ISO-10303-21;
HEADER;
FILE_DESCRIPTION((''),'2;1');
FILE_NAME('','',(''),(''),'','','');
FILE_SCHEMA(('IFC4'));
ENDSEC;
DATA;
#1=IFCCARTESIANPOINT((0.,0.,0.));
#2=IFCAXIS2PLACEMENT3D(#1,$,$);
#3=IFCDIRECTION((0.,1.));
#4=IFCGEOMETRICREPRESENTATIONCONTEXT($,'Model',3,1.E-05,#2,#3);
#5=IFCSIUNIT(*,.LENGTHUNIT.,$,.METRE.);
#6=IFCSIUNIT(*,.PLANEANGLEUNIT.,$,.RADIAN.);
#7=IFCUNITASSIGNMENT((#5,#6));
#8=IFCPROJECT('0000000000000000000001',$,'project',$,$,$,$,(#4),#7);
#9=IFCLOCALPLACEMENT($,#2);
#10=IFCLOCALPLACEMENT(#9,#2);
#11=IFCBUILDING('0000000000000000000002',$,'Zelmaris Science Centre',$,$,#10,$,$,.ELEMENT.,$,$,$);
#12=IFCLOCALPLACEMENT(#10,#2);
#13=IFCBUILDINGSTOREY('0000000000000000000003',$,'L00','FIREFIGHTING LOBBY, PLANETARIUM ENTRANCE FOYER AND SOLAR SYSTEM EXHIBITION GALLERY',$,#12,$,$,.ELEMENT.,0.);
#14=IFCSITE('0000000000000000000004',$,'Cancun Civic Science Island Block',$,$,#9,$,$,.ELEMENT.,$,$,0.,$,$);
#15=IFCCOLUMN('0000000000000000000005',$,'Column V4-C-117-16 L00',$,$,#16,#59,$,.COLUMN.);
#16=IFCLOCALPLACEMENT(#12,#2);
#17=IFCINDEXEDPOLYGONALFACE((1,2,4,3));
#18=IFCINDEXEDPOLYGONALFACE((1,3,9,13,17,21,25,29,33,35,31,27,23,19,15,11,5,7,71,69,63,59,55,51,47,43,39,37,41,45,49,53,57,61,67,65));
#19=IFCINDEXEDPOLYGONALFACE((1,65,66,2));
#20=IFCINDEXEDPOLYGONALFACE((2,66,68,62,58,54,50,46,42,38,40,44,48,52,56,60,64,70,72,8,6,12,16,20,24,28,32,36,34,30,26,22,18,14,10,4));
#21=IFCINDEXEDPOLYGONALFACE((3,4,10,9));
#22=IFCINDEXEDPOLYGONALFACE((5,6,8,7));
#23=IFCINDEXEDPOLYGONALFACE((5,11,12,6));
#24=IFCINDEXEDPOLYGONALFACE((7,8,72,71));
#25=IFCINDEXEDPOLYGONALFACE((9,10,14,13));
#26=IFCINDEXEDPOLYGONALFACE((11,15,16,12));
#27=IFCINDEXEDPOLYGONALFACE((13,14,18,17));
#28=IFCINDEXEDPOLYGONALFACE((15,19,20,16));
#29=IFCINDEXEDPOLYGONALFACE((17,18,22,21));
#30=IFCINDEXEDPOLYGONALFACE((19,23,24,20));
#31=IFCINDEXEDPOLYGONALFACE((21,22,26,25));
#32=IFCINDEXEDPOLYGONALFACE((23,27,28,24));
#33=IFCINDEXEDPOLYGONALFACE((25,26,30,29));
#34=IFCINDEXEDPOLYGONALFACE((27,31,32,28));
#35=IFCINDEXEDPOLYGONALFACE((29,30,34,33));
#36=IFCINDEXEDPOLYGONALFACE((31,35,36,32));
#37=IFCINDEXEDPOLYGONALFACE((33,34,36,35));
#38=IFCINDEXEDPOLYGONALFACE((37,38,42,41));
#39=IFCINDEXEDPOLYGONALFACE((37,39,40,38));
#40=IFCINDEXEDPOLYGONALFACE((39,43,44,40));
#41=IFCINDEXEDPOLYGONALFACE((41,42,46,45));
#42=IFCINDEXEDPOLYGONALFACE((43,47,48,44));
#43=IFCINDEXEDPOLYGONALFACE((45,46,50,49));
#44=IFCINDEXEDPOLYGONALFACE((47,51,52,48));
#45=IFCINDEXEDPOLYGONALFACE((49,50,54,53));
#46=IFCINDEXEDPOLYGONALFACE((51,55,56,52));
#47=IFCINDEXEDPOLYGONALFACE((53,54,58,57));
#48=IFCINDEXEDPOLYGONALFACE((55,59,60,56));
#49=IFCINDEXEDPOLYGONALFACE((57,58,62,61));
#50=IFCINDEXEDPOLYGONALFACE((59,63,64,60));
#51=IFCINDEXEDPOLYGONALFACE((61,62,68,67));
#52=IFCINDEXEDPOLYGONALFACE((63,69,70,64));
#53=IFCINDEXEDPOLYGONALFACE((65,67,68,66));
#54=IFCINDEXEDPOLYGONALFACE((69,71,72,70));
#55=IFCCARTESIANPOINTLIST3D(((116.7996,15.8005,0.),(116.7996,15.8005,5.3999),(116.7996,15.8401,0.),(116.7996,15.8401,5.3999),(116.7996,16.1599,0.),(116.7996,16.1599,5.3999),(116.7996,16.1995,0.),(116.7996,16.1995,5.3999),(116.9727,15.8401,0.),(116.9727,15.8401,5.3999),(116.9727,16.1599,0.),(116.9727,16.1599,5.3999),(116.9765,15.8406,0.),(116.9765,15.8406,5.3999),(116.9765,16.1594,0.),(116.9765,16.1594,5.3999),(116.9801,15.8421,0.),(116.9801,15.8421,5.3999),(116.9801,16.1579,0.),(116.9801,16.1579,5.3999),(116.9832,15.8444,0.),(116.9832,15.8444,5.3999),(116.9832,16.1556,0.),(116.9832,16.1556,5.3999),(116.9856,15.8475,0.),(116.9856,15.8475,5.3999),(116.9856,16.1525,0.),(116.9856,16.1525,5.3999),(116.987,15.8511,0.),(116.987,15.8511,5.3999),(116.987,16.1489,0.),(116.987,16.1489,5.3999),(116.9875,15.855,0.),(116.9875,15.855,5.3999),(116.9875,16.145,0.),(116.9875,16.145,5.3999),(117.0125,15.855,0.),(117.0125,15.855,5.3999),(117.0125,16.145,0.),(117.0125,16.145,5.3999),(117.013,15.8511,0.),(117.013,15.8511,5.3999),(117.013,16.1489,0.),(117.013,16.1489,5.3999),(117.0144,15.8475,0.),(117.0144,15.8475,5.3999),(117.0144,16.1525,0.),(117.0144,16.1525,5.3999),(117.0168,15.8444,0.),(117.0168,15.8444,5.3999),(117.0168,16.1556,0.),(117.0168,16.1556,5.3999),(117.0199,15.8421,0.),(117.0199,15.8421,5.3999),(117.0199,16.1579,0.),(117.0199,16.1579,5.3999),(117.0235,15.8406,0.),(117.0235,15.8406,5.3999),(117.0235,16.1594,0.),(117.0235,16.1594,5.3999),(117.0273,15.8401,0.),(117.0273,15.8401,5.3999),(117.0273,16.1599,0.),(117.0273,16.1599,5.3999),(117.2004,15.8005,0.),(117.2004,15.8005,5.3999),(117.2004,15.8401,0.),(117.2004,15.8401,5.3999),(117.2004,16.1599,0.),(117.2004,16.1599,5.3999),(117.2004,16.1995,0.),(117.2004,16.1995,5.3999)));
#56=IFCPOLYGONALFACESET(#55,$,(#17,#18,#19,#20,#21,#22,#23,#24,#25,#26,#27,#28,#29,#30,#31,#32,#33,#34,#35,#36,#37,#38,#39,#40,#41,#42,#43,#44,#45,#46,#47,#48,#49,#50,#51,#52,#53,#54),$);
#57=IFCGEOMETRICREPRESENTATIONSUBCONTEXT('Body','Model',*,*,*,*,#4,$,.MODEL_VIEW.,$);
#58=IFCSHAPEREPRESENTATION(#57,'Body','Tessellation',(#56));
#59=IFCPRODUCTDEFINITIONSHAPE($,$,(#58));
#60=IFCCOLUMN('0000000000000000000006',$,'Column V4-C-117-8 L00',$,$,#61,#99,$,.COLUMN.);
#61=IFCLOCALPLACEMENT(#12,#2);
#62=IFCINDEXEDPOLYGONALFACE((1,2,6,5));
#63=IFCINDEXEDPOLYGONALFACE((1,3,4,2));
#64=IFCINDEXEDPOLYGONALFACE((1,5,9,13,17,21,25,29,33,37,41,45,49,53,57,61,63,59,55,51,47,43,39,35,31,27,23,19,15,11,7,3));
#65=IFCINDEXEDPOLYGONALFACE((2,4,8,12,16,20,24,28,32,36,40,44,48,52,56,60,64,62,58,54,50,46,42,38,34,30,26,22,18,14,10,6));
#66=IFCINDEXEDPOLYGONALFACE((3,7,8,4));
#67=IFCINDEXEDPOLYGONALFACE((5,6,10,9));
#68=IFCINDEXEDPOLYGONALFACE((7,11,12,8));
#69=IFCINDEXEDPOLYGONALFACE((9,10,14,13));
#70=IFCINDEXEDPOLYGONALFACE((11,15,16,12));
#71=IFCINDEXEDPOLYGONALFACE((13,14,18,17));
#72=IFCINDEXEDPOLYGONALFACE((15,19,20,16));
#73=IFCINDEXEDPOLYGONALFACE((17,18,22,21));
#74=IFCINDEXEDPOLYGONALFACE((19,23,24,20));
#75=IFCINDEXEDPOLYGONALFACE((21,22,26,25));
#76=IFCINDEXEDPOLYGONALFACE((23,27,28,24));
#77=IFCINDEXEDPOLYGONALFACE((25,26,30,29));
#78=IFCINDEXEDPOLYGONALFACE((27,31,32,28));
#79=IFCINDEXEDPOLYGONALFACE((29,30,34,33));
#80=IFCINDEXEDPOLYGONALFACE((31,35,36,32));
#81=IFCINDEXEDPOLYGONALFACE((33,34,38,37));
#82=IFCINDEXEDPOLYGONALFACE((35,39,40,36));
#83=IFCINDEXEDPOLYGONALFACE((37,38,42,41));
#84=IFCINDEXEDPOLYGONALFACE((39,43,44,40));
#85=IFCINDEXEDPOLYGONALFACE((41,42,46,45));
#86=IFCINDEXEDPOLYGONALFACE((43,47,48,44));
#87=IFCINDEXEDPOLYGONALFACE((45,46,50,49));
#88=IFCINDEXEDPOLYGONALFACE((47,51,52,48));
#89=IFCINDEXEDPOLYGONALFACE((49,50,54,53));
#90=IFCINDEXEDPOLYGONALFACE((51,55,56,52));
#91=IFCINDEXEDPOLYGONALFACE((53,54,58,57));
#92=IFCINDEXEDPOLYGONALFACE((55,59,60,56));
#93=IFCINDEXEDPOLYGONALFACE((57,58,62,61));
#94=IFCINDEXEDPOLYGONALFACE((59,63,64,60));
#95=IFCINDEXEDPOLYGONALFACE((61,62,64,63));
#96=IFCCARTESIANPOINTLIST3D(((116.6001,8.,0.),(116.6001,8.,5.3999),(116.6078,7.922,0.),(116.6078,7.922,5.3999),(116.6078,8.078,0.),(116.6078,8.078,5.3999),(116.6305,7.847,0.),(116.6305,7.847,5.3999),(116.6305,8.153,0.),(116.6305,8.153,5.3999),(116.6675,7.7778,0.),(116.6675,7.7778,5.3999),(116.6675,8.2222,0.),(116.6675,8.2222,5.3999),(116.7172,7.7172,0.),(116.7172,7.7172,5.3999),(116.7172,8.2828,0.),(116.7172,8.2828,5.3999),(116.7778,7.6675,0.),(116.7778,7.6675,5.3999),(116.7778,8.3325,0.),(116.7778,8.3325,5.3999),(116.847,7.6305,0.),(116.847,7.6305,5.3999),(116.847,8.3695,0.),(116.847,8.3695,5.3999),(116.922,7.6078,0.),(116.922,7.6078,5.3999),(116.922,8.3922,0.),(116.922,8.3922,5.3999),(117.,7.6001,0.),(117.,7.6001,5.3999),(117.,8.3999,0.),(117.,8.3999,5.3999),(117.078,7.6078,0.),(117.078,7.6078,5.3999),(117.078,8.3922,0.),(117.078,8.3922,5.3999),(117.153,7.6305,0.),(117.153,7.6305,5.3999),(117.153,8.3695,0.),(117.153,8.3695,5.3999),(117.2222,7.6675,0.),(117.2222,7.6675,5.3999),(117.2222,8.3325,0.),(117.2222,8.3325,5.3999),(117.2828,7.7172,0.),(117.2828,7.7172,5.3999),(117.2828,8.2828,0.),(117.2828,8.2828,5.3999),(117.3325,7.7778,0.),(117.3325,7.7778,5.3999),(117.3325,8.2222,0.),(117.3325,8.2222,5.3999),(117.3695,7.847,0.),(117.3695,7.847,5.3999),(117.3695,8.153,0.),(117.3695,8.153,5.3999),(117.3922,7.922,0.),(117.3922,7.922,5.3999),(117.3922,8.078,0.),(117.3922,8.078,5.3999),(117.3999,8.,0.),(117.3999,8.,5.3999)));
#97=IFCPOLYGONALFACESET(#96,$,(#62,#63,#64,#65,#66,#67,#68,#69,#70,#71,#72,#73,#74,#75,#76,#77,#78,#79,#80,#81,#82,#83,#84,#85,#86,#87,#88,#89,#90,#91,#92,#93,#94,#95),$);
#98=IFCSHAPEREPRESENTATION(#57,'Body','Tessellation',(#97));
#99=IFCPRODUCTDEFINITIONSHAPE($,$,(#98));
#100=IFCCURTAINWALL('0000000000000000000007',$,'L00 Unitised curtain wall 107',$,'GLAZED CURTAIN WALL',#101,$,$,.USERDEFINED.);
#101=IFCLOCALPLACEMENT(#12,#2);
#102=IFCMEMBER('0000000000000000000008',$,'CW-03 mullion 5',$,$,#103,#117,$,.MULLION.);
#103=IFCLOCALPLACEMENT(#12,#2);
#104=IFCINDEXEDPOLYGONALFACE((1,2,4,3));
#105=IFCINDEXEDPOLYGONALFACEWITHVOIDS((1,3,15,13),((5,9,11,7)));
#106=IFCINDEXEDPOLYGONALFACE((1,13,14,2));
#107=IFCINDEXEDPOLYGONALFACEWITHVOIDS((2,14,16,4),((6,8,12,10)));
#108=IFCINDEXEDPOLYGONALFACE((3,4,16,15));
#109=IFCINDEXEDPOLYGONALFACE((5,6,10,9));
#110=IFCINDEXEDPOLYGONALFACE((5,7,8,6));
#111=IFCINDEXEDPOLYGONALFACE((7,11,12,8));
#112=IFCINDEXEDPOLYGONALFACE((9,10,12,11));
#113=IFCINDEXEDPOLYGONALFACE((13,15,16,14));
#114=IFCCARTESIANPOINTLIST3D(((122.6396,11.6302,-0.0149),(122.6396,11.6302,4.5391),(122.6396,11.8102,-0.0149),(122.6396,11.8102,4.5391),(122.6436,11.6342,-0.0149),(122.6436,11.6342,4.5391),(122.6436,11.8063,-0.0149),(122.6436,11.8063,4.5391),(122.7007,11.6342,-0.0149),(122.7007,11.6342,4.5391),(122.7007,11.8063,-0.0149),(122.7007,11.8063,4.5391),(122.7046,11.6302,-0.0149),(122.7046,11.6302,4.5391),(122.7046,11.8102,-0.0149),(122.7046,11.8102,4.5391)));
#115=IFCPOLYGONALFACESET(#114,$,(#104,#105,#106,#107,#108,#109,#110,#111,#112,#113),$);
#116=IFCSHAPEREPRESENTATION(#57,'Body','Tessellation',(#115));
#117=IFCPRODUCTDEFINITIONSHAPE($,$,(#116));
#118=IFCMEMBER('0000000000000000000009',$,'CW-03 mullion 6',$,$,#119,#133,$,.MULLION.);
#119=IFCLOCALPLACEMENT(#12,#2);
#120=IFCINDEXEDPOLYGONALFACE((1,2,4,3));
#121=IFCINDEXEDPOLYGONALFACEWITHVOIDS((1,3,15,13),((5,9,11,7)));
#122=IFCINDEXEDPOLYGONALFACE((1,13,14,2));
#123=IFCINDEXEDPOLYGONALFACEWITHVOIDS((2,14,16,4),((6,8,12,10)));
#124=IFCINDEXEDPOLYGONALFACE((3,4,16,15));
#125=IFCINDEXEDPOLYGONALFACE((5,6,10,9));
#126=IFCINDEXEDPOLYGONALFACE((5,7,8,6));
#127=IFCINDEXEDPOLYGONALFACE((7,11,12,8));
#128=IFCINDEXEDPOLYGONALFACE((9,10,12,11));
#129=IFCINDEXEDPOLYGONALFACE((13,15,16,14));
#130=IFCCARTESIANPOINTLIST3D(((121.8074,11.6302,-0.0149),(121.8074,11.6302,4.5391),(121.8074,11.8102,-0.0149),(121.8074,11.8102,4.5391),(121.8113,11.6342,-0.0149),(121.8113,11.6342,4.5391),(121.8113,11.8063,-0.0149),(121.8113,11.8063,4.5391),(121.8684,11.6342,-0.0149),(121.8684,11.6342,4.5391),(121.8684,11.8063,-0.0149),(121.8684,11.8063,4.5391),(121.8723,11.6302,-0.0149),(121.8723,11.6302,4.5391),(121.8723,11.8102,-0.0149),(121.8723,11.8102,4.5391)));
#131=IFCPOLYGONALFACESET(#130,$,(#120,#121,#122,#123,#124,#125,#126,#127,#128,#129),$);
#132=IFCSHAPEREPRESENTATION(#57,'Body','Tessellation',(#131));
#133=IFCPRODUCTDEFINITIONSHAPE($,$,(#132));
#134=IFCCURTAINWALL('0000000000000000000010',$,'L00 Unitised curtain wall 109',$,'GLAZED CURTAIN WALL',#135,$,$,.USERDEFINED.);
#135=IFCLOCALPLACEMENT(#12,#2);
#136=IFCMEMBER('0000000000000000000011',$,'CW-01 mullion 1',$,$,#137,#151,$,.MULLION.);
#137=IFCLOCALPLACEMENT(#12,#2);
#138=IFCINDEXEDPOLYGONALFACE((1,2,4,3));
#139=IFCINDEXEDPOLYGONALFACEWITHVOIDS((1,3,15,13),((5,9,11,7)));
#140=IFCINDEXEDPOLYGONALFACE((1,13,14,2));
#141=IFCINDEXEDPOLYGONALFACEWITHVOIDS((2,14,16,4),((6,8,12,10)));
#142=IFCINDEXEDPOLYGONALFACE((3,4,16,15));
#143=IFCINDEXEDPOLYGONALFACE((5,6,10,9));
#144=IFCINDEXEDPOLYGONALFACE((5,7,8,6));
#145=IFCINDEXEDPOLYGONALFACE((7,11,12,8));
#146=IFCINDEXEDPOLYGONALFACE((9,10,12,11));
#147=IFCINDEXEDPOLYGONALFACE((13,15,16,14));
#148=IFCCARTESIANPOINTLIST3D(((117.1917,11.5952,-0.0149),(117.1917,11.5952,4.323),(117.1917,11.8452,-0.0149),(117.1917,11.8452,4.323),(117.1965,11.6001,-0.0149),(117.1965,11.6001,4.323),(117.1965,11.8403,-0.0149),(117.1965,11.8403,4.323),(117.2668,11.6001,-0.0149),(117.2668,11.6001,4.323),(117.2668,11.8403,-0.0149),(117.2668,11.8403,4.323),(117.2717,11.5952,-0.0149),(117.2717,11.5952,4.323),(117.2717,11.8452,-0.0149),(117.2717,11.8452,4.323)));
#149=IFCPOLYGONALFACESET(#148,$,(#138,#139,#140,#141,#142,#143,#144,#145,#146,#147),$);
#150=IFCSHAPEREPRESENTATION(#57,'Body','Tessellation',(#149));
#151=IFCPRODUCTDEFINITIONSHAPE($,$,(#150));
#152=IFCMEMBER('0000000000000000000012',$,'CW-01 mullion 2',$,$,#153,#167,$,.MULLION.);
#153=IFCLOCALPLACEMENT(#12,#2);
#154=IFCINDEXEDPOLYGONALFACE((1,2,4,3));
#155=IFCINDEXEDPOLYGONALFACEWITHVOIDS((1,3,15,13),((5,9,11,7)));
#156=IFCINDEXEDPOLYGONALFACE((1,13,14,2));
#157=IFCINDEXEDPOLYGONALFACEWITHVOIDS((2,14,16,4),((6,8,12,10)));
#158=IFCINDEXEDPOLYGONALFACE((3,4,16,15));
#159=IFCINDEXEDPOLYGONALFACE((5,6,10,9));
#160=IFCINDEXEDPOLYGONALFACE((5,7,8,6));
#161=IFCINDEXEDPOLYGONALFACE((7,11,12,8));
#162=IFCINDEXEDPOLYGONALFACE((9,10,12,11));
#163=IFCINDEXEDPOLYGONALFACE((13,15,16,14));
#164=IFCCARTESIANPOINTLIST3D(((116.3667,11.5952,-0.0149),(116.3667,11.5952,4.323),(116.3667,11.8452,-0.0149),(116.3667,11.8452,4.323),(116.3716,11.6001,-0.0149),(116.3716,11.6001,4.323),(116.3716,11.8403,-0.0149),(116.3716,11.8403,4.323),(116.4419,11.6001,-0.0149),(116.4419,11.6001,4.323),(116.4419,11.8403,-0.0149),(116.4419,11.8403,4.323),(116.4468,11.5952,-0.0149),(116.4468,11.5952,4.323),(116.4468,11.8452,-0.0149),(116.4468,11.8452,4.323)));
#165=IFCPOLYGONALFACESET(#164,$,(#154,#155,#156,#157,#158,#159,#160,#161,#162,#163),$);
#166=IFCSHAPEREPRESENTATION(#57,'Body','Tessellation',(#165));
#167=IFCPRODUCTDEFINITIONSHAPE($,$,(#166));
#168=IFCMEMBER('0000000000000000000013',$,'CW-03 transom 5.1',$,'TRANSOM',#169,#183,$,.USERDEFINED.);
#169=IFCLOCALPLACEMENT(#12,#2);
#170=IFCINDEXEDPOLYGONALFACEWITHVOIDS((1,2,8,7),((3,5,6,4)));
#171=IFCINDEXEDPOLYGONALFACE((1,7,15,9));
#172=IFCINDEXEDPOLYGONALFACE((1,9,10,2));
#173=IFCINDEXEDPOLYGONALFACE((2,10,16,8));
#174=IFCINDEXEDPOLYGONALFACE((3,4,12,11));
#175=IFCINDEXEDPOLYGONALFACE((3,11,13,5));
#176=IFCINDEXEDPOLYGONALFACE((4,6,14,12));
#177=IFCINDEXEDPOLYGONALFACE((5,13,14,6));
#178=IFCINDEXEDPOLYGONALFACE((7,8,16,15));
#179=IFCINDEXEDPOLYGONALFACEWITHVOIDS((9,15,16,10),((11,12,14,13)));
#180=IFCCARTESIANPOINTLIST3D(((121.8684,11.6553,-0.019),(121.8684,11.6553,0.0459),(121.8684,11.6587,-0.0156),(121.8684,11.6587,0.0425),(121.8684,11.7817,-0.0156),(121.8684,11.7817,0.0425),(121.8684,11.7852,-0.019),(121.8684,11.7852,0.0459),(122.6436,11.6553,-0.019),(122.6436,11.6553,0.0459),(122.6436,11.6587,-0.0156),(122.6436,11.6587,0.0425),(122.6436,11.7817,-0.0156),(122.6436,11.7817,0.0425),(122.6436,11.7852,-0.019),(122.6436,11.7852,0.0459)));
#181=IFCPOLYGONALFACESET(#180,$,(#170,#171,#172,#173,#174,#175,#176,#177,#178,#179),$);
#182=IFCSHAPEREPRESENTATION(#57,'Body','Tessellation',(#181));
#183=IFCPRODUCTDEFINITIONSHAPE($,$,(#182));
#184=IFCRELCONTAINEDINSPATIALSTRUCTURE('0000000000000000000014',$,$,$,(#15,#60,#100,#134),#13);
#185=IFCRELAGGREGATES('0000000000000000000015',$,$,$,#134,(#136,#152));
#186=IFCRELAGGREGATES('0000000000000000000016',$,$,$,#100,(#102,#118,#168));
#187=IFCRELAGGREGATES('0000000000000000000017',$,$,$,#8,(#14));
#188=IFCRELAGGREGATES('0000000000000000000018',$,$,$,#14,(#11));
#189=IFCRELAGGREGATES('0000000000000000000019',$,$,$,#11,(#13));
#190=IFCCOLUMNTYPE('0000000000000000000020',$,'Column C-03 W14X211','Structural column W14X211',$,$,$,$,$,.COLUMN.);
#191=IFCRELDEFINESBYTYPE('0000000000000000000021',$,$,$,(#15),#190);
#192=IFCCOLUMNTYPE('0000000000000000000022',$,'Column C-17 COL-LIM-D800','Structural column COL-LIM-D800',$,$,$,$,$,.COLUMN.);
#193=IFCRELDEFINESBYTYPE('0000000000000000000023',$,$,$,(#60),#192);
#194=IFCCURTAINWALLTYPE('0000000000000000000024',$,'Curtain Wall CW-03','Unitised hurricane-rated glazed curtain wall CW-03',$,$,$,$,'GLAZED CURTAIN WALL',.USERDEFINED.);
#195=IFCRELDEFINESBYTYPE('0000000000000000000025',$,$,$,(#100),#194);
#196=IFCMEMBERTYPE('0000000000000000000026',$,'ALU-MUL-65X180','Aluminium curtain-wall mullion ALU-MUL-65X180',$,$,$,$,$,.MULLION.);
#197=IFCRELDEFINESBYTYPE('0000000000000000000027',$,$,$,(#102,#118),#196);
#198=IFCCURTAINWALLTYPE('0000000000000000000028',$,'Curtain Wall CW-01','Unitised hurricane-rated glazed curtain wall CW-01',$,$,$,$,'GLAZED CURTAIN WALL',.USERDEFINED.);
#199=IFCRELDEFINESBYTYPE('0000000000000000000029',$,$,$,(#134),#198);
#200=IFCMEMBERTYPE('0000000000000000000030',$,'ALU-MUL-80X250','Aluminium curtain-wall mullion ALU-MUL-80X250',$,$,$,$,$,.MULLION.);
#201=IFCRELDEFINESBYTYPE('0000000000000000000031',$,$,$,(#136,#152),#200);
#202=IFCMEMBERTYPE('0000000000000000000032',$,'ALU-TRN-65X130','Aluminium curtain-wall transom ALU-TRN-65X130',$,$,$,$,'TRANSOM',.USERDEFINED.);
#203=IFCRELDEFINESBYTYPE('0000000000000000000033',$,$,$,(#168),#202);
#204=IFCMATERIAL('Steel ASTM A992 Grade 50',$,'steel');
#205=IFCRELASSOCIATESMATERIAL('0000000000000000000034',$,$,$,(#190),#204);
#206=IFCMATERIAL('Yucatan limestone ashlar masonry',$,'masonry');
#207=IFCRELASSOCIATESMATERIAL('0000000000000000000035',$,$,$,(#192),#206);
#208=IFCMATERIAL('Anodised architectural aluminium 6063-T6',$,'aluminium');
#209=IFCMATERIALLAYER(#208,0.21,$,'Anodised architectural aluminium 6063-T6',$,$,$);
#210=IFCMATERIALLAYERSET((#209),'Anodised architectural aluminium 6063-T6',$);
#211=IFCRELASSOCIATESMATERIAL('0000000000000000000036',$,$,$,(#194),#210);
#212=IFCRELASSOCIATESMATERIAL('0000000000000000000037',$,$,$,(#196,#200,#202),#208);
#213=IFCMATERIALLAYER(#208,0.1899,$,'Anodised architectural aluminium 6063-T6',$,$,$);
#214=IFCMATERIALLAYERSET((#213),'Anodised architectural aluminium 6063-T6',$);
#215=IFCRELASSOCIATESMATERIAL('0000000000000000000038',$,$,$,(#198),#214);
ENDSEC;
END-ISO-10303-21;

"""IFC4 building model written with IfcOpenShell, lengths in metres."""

from ifc_helpers import new_model, si_unit, direction, frame, origin, origin_2d, place, context, subcontext, project, spatial, hollow_rectangle, circle, i_section, extrude, material, layer, layer_set, material_profile, profile_set, type_object, element, aggregate, save


model = new_model("IFC4")

# Units and contexts
model_context = context("Model", 3, precision=1e-05, world=origin(), true_north=direction((0.0, 1.0)))
body_context = subcontext(model_context, "Body", "Model", "MODEL_VIEW")
ifc_project = project(units=[si_unit("LENGTHUNIT", "METRE"), si_unit("PLANEANGLEUNIT", "RADIAN")], contexts=[model_context])

# Site, building, storey
site_placement = place(None, origin())
site = spatial("IfcSite", under=ifc_project, at=site_placement, Name="Cancun Civic Science Island Block", CompositionType="ELEMENT", RefElevation=0.0)
building_placement = place(site_placement, origin())
building = spatial("IfcBuilding", under=site, at=building_placement, Name="Zelmaris Science Centre", CompositionType="ELEMENT")
storey_placement = place(building_placement, origin())
storey = spatial("IfcBuildingStorey", under=building, at=storey_placement, Name="L00", Description="FIREFIGHTING LOBBY, PLANETARIUM ENTRANCE FOYER AND SOLAR SYSTEM EXHIBITION GALLERY", CompositionType="ELEMENT", Elevation=0.0)

# Columns
ifc_material_1 = material(Name="Steel ASTM A992 Grade 50", Category="steel")
ifc_material_profile_1 = material_profile(ifc_material_1, i_section(OverallWidth=0.4009, OverallDepth=0.3989, WebThickness=0.0249, FlangeThickness=0.0396, FilletRadius=0.0149, at=origin_2d()), Name="W14X211")
ifc_profile_set_1 = profile_set([ifc_material_profile_1], Name="Steel ASTM A992 Grade 50")
column_type_1 = type_object("IfcColumnType", Name="Column C-03 W14X211", Description="Structural column W14X211", PredefinedType="COLUMN", material=ifc_profile_set_1)
column_1_placement = place(storey_placement, frame((117.0, 16.0, 0.0), z_axis=(0.0, 0.0, 1.0), x_axis=(1.0, 0.0, 0.0)))
element("IfcColumn", 1, at=column_1_placement, inside=storey, type_object=column_type_1, Name="Column V4-C-117-16 L00", PredefinedType="COLUMN", context=body_context, shape_type="SweptSolid", body=[
    extrude(i_section(OverallWidth=0.4009, OverallDepth=0.3989, WebThickness=0.0249, FlangeThickness=0.0396, FilletRadius=0.0149, at=origin_2d()), origin(), (0.0, 0.0, 1.0), 5.3999),
])
ifc_material_2 = material(Name="Yucatan limestone ashlar masonry", Category="masonry")
ifc_material_profile_2 = material_profile(ifc_material_2, circle(Radius=0.3999, at=origin_2d()), Name="COL-LIM-D800")
ifc_profile_set_2 = profile_set([ifc_material_profile_2], Name="Yucatan limestone ashlar masonry")
column_type_2 = type_object("IfcColumnType", Name="Column C-17 COL-LIM-D800", Description="Structural column COL-LIM-D800", PredefinedType="COLUMN", material=ifc_profile_set_2)
column_2_placement = place(storey_placement, frame((117.0, 8.0, 0.0), z_axis=(0.0, 0.0, 1.0), x_axis=(1.0, 0.0, 0.0)))
element("IfcColumn", 2, at=column_2_placement, inside=storey, type_object=column_type_2, Name="Column V4-C-117-8 L00", PredefinedType="COLUMN", context=body_context, shape_type="SweptSolid", body=[
    extrude(circle(Radius=0.3999, at=origin_2d()), origin(), (0.0, 0.0, 1.0), 5.3999),
])

# Curtain walls, members
ifc_material_3 = material(Name="Anodised architectural aluminium 6063-T6", Category="aluminium")
ifc_layer_1 = layer(ifc_material_3, 0.21, Name="Anodised architectural aluminium 6063-T6")
ifc_layer_set_1 = layer_set([ifc_layer_1], Name="Anodised architectural aluminium 6063-T6")
curtain_wall_type_1 = type_object("IfcCurtainWallType", Name="Curtain Wall CW-03", Description="Unitised hurricane-rated glazed curtain wall CW-03", ElementType="GLAZED CURTAIN WALL", PredefinedType="USERDEFINED", material=ifc_layer_set_1)
curtain_wall_1_placement = place(storey_placement, origin())
curtain_wall_1 = element("IfcCurtainWall", 3, at=curtain_wall_1_placement, inside=storey, type_object=curtain_wall_type_1, Name="L00 Unitised curtain wall 107", ObjectType="GLAZED CURTAIN WALL", PredefinedType="USERDEFINED")
ifc_material_profile_3 = material_profile(ifc_material_3, hollow_rectangle(XDim=0.0649, YDim=0.1799, WallThickness=0.0039, at=origin_2d()), Name="ALU-MUL-65X180")
ifc_profile_set_3 = profile_set([ifc_material_profile_3], Name="Anodised architectural aluminium 6063-T6")
member_type_1 = type_object("IfcMemberType", Name="ALU-MUL-65X180", Description="Aluminium curtain-wall mullion ALU-MUL-65X180", PredefinedType="MULLION", material=ifc_profile_set_3)
member_1_placement = place(storey_placement, frame((122.6721, 11.7202, -0.0149), z_axis=(0.0, 0.0, 1.0), x_axis=(-1.0, 0.0, 0.0)))
member_1 = element("IfcMember", 4, at=member_1_placement, type_object=member_type_1, Name="CW-03 mullion 5", PredefinedType="MULLION", context=body_context, shape_type="SweptSolid", body=[
    extrude(hollow_rectangle(XDim=0.0649, YDim=0.1799, WallThickness=0.0039, at=origin_2d()), origin(), (0.0, 0.0, 1.0), 4.554),
])
member_2_placement = place(storey_placement, frame((121.8398, 11.7202, -0.0149), z_axis=(0.0, 0.0, 1.0), x_axis=(-1.0, 0.0, 0.0)))
member_2 = element("IfcMember", 5, at=member_2_placement, type_object=member_type_1, Name="CW-03 mullion 6", PredefinedType="MULLION", context=body_context, shape_type="SweptSolid", body=[
    extrude(hollow_rectangle(XDim=0.0649, YDim=0.1799, WallThickness=0.0039, at=origin_2d()), origin(), (0.0, 0.0, 1.0), 4.554),
])
ifc_layer_2 = layer(ifc_material_3, 0.1899, Name="Anodised architectural aluminium 6063-T6")
ifc_layer_set_2 = layer_set([ifc_layer_2], Name="Anodised architectural aluminium 6063-T6")
curtain_wall_type_2 = type_object("IfcCurtainWallType", Name="Curtain Wall CW-01", Description="Unitised hurricane-rated glazed curtain wall CW-01", ElementType="GLAZED CURTAIN WALL", PredefinedType="USERDEFINED", material=ifc_layer_set_2)
curtain_wall_2_placement = place(storey_placement, origin())
curtain_wall_2 = element("IfcCurtainWall", 6, at=curtain_wall_2_placement, inside=storey, type_object=curtain_wall_type_2, Name="L00 Unitised curtain wall 109", ObjectType="GLAZED CURTAIN WALL", PredefinedType="USERDEFINED")
ifc_material_profile_4 = material_profile(ifc_material_3, hollow_rectangle(XDim=0.0801, YDim=0.25, WallThickness=0.0049, at=origin_2d()), Name="ALU-MUL-80X250")
ifc_profile_set_4 = profile_set([ifc_material_profile_4], Name="Anodised architectural aluminium 6063-T6")
member_type_2 = type_object("IfcMemberType", Name="ALU-MUL-80X250", Description="Aluminium curtain-wall mullion ALU-MUL-80X250", PredefinedType="MULLION", material=ifc_profile_set_4)
member_3_placement = place(storey_placement, frame((117.2317, 11.7202, -0.0149), z_axis=(0.0, 0.0, 1.0), x_axis=(-1.0, 0.0, 0.0)))
member_3 = element("IfcMember", 7, at=member_3_placement, type_object=member_type_2, Name="CW-01 mullion 1", PredefinedType="MULLION", context=body_context, shape_type="SweptSolid", body=[
    extrude(hollow_rectangle(XDim=0.0801, YDim=0.25, WallThickness=0.0049, at=origin_2d()), origin(), (0.0, 0.0, 1.0), 4.3379),
])
member_4_placement = place(storey_placement, frame((116.4067, 11.7202, -0.0149), z_axis=(0.0, 0.0, 1.0), x_axis=(-1.0, 0.0, 0.0)))
member_4 = element("IfcMember", 8, at=member_4_placement, type_object=member_type_2, Name="CW-01 mullion 2", PredefinedType="MULLION", context=body_context, shape_type="SweptSolid", body=[
    extrude(hollow_rectangle(XDim=0.0801, YDim=0.25, WallThickness=0.0049, at=origin_2d()), origin(), (0.0, 0.0, 1.0), 4.3379),
])

# Member
ifc_material_profile_5 = material_profile(ifc_material_3, hollow_rectangle(XDim=0.0649, YDim=0.1299, WallThickness=0.0034, at=origin_2d()), Name="ALU-TRN-65X130")
ifc_profile_set_5 = profile_set([ifc_material_profile_5], Name="Anodised architectural aluminium 6063-T6")
member_type_3 = type_object("IfcMemberType", Name="ALU-TRN-65X130", Description="Aluminium curtain-wall transom ALU-TRN-65X130", ElementType="TRANSOM", PredefinedType="USERDEFINED", material=ifc_profile_set_5)
member_5_placement = place(storey_placement, frame((122.6436, 11.7202, 0.0134), z_axis=(-1.0, 0.0, 0.0), x_axis=(0.0, 0.0, 1.0)))
member_5 = element("IfcMember", 9, at=member_5_placement, type_object=member_type_3, Name="CW-03 transom 5.1", ObjectType="TRANSOM", PredefinedType="USERDEFINED", context=body_context, shape_type="SweptSolid", body=[
    extrude(hollow_rectangle(XDim=0.0649, YDim=0.1299, WallThickness=0.0034, at=origin_2d()), origin(), (0.0, 0.0, 1.0), 0.7751),
])

aggregate(curtain_wall_2, [member_3, member_4])
aggregate(curtain_wall_1, [member_1, member_2, member_5])

save(model, "model.ifc")
